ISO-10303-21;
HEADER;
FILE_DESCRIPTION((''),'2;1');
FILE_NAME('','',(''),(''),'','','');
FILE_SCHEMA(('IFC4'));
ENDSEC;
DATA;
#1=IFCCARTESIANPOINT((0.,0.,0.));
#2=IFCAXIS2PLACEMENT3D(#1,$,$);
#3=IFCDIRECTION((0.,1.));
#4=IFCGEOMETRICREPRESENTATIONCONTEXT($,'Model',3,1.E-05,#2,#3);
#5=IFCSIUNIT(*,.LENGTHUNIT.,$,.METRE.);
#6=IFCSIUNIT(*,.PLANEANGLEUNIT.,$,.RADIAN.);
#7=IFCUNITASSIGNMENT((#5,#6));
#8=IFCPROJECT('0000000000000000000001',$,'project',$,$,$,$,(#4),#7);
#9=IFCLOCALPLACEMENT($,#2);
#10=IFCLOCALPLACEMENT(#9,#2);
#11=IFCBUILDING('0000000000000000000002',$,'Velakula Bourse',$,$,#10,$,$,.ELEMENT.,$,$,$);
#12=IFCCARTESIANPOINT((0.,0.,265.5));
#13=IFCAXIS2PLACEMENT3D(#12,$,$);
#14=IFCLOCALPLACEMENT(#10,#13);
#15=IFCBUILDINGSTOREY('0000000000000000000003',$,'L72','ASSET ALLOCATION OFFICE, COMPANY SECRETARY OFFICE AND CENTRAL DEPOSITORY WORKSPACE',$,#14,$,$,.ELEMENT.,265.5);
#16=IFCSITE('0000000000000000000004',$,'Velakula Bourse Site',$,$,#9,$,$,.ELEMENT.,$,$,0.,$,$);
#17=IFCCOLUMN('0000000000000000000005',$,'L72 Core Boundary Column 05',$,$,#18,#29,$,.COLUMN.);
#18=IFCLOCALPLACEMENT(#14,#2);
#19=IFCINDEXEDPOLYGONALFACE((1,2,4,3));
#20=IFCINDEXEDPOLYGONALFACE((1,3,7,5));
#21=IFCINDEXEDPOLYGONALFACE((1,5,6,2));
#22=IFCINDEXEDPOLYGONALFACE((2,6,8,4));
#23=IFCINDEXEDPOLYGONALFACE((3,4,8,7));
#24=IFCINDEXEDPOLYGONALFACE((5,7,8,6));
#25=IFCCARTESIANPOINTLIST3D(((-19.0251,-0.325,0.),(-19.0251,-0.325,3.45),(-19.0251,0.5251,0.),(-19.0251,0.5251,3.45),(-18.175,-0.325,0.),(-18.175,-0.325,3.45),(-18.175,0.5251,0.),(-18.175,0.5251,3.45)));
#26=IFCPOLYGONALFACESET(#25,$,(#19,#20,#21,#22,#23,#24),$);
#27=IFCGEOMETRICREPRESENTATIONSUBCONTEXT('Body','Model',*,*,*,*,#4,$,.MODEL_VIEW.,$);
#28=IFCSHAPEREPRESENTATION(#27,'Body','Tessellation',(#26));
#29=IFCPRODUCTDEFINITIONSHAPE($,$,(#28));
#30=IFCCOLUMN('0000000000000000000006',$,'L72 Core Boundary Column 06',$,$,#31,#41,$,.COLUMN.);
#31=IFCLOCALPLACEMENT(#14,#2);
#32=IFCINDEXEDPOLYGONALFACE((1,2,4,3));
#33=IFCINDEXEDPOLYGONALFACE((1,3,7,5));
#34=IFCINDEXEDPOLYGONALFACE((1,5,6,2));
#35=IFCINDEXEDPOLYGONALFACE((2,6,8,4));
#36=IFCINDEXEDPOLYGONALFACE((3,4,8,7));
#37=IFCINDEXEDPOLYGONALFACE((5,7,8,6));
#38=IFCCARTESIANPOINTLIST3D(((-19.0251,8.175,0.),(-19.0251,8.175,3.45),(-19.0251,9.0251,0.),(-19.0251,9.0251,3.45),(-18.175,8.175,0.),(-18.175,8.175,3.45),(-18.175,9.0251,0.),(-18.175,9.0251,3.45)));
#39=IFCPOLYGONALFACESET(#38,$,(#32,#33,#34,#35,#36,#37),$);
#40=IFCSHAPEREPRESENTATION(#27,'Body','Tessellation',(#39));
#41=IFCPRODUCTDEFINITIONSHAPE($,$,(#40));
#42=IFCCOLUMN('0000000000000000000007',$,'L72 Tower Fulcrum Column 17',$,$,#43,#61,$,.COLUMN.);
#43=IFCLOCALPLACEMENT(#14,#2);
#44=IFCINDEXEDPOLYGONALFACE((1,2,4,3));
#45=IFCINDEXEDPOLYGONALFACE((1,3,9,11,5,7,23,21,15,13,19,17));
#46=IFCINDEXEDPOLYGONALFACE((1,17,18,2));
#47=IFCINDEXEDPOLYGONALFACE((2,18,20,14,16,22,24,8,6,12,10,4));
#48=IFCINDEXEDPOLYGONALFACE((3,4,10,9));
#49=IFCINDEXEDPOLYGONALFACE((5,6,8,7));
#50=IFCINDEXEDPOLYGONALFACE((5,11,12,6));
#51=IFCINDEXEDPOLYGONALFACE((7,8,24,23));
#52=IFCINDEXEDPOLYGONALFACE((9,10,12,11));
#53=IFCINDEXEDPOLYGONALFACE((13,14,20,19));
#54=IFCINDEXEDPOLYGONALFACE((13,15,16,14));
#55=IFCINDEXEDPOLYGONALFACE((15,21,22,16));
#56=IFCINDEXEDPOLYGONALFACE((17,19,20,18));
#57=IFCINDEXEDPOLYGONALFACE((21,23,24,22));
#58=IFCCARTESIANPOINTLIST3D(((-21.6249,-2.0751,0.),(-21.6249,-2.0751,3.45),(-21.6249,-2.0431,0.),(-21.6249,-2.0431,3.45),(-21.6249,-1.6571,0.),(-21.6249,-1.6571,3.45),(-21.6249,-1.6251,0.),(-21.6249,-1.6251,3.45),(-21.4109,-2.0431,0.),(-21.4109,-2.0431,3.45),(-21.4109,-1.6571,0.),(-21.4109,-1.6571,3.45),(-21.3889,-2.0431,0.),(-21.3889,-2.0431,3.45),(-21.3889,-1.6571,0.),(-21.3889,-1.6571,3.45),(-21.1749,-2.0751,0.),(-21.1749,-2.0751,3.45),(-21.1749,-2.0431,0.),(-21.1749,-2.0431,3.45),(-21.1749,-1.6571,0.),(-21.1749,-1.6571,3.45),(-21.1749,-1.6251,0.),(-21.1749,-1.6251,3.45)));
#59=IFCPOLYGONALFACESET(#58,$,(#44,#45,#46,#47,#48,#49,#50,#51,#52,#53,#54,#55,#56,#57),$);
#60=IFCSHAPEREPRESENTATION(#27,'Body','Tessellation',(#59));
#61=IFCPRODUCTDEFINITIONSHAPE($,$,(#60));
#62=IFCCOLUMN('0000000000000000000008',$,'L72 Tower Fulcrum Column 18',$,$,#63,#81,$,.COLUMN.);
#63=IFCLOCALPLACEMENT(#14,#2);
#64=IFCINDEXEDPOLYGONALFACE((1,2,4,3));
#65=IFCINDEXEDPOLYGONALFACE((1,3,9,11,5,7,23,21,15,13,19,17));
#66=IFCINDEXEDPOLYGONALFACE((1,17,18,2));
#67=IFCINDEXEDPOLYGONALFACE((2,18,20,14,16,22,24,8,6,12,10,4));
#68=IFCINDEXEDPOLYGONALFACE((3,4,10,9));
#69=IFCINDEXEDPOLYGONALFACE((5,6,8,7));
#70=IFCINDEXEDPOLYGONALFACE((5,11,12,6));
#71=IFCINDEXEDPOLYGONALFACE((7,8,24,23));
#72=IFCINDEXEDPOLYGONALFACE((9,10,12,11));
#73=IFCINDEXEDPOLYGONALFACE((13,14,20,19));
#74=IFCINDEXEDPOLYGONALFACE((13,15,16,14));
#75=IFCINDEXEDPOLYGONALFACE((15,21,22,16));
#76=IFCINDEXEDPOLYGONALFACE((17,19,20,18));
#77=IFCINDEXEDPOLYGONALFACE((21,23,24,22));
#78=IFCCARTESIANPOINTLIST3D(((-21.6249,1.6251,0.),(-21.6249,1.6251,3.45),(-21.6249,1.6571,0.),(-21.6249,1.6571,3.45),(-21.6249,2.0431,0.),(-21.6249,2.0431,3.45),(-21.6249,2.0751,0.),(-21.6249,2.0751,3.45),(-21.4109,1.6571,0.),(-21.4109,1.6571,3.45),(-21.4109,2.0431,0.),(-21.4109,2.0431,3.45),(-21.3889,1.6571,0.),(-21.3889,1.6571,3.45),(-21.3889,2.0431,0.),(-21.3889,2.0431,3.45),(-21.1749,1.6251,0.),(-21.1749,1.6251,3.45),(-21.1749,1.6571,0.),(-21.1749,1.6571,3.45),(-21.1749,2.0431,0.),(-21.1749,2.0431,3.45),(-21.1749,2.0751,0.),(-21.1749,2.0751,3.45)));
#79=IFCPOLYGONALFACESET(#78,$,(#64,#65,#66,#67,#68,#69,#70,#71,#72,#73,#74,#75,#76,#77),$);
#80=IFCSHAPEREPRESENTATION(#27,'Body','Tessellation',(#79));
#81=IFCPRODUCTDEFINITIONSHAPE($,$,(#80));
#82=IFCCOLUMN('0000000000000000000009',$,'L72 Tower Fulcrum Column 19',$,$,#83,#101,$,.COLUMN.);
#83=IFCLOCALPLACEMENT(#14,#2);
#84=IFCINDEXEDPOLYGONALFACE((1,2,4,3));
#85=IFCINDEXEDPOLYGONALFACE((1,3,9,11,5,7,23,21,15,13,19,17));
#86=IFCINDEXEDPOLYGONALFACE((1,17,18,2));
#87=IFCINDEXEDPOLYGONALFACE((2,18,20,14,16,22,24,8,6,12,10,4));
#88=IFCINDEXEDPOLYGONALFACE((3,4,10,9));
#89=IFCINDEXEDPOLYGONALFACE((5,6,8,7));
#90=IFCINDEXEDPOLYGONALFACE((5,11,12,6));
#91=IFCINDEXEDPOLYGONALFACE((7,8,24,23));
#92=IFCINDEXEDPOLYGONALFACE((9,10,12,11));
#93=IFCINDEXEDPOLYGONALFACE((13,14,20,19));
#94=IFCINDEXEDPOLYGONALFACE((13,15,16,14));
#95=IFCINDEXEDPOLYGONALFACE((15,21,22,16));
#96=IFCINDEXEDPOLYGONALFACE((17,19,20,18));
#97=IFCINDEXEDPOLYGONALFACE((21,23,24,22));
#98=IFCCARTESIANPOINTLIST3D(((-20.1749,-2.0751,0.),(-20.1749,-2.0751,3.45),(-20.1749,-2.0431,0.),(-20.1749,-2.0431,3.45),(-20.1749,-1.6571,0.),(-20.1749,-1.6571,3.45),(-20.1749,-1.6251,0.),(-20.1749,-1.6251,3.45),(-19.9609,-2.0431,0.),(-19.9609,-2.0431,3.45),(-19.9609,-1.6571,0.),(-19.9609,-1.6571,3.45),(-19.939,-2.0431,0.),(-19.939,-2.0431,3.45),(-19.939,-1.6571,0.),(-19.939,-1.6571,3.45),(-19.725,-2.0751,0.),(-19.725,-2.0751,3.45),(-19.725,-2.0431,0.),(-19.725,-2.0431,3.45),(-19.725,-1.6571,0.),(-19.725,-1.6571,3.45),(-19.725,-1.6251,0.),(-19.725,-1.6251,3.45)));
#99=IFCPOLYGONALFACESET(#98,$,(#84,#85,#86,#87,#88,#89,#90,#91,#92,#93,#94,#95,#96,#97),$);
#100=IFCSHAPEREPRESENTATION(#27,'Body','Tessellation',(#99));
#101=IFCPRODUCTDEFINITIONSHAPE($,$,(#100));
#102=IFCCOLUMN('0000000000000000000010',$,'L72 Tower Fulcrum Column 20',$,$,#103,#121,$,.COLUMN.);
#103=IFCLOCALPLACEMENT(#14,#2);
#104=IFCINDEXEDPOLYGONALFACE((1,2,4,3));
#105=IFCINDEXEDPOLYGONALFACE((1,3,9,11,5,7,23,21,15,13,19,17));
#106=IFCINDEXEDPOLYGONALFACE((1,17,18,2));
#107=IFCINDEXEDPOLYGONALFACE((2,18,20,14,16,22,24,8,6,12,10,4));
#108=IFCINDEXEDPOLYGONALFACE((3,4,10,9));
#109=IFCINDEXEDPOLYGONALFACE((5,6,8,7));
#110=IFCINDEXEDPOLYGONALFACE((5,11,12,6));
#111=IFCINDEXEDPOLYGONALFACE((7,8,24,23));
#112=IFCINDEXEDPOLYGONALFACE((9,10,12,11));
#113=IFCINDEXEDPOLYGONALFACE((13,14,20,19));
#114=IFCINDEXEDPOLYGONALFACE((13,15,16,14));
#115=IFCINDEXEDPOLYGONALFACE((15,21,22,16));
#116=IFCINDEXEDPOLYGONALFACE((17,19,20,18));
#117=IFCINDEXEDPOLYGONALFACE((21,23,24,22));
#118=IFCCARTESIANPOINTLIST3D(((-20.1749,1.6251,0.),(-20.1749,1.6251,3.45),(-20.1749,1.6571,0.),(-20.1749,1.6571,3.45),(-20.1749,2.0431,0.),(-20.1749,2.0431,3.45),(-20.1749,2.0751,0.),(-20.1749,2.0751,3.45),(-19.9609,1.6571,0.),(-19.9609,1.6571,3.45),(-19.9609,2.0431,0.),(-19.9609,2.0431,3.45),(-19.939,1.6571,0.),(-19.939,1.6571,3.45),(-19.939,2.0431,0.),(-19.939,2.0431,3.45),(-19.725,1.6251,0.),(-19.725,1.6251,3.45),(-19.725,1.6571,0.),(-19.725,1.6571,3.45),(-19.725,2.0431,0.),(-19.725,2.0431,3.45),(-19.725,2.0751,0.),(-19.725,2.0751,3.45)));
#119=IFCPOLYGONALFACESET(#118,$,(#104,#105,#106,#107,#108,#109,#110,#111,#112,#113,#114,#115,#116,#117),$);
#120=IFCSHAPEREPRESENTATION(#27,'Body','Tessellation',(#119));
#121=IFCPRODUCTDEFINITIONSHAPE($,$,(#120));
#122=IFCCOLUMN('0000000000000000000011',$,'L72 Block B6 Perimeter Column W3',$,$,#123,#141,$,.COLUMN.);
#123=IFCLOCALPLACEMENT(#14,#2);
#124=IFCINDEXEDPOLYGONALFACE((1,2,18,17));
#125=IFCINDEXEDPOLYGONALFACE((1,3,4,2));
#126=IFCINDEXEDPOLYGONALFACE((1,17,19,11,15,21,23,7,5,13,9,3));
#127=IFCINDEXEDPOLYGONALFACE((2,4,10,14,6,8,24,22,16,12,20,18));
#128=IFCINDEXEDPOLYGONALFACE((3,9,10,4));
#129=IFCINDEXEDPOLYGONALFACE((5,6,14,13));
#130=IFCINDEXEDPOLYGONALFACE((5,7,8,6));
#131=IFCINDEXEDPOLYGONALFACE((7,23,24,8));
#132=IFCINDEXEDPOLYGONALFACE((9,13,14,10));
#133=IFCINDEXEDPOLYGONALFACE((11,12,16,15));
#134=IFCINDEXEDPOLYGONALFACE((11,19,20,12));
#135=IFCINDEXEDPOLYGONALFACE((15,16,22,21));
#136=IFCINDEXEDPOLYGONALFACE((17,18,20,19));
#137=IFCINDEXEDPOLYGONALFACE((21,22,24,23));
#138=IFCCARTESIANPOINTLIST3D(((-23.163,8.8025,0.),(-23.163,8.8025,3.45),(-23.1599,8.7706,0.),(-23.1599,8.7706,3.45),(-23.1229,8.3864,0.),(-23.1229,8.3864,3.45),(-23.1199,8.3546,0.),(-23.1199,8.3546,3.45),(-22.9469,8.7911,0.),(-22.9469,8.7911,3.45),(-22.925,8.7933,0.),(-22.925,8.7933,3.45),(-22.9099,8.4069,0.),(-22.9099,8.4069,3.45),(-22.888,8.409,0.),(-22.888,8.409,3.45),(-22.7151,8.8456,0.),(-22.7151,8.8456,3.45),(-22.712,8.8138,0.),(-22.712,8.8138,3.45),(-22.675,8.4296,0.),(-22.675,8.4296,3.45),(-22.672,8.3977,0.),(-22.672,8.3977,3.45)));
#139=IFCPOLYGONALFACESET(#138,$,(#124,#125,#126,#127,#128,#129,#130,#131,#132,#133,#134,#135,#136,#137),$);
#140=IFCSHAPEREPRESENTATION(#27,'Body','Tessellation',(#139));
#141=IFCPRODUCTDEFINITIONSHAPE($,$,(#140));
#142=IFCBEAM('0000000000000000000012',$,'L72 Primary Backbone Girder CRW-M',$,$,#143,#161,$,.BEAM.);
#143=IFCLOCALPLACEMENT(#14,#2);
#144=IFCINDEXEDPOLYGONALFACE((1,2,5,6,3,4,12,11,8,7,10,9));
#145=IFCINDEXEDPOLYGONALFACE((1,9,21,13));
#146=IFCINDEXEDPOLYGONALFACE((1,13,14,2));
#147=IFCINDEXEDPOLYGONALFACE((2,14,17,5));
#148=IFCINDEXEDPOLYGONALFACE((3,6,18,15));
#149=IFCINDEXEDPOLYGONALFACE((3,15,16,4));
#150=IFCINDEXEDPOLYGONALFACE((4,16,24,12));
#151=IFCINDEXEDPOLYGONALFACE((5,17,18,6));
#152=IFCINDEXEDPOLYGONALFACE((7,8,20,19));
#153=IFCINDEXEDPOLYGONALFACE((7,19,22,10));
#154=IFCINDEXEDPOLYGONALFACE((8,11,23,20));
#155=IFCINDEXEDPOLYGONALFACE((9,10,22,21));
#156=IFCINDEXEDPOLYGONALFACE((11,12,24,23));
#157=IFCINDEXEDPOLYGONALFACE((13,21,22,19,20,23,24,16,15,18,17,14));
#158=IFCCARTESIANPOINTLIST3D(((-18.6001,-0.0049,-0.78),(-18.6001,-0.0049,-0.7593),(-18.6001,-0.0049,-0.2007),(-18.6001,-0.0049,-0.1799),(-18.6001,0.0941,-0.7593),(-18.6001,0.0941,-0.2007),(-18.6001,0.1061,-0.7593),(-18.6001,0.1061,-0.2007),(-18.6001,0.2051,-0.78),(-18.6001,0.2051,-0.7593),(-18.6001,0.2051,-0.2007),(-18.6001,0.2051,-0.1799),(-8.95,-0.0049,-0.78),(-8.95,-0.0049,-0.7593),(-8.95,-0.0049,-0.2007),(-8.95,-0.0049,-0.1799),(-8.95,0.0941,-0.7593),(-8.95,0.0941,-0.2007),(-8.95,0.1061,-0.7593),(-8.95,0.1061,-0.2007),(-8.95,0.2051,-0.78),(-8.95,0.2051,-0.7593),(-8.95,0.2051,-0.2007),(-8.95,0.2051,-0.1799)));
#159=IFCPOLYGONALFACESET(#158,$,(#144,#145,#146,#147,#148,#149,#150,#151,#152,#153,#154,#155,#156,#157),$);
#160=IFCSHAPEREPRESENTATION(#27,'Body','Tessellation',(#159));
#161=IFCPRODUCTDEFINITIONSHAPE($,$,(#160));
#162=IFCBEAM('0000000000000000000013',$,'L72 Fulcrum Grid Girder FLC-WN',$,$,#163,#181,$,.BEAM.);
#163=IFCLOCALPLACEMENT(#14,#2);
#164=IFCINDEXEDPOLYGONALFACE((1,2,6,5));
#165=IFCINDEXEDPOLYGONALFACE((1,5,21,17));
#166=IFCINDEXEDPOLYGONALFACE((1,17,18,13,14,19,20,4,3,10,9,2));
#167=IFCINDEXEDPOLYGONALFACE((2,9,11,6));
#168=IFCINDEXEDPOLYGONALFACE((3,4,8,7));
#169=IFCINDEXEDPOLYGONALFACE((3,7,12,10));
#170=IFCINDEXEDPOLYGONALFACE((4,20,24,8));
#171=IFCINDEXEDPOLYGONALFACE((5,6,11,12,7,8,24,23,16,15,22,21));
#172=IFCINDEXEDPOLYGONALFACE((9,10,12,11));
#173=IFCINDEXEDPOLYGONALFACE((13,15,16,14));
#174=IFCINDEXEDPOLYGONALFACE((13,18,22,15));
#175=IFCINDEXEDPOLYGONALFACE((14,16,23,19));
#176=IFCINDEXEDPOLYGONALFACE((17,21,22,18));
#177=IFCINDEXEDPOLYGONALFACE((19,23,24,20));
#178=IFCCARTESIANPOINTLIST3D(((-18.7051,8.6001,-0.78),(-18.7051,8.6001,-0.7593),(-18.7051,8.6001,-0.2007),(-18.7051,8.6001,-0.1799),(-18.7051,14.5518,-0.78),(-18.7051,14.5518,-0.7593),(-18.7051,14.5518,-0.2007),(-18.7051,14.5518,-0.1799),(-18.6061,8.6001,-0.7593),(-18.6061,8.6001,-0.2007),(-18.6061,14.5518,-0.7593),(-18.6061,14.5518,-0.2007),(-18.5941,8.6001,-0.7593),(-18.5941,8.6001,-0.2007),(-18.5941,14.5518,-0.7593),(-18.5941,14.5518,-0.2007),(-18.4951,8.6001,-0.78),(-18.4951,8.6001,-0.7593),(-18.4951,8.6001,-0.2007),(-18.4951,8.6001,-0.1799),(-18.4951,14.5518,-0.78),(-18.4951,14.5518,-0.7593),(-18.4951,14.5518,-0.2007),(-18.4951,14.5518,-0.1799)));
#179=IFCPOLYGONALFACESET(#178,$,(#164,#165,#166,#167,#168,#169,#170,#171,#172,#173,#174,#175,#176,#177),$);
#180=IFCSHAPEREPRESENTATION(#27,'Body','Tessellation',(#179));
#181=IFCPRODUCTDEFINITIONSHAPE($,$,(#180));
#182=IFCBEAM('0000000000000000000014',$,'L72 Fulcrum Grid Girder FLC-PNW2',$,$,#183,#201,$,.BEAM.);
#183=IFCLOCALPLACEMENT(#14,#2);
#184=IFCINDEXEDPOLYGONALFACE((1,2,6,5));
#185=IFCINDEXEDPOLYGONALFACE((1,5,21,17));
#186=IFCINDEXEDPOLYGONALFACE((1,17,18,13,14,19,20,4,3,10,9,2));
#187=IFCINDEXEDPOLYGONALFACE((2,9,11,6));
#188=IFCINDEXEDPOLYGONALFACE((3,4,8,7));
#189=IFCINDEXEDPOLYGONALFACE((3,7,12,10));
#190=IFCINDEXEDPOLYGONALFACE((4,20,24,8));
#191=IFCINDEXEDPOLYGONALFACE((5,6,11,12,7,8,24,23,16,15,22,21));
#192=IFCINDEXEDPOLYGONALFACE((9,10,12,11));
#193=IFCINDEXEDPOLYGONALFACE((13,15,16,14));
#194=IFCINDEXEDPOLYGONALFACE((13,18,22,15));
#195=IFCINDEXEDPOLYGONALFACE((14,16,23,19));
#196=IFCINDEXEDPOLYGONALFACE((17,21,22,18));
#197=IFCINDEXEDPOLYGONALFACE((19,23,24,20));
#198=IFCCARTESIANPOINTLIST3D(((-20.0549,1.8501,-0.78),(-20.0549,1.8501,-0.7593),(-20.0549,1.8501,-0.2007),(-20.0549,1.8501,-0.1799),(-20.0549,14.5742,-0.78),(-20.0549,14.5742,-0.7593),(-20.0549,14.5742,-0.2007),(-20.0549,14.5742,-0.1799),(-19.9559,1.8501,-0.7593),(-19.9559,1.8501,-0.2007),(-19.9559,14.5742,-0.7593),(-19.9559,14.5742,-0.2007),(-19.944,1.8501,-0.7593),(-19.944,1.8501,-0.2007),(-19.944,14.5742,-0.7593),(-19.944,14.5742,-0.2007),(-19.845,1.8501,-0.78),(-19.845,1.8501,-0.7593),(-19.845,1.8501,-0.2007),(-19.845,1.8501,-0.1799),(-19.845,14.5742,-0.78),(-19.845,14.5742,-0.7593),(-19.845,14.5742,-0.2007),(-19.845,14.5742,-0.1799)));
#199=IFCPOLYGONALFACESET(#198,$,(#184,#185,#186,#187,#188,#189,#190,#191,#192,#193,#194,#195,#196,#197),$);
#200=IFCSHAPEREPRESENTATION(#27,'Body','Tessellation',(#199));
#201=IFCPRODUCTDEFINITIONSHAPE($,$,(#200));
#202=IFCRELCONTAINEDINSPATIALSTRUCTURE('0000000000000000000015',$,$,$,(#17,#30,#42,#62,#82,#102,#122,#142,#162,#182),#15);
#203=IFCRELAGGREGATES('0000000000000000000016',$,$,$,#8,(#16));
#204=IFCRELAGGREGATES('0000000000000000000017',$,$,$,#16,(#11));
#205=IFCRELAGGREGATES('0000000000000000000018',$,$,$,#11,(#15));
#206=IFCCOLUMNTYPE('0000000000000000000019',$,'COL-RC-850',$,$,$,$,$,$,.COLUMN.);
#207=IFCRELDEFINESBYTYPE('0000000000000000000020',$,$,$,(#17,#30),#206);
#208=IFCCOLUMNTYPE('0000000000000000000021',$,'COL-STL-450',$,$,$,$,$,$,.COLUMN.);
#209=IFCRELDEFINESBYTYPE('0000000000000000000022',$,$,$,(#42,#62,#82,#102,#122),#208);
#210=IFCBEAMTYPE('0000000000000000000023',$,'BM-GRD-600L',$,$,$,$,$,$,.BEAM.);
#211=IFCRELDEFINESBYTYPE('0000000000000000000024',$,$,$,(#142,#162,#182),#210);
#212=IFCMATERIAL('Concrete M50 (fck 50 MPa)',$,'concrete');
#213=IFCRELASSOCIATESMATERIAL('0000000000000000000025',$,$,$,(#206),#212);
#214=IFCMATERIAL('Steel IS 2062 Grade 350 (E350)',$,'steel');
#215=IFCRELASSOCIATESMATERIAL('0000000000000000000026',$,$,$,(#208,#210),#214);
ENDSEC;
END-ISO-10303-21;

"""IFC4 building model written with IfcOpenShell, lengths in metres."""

from ifc_helpers import new_model, si_unit, direction, frame, origin, origin_2d, place, context, subcontext, project, spatial, rectangle, i_section, extrude, material, material_profile, profile_set, type_object, element, save


model = new_model("IFC4")

# Units and contexts
model_context = context("Model", 3, precision=1e-05, world=origin(), true_north=direction((0.0, 1.0)))
body_context = subcontext(model_context, "Body", "Model", "MODEL_VIEW")
ifc_project = project(units=[si_unit("LENGTHUNIT", "METRE"), si_unit("PLANEANGLEUNIT", "RADIAN")], contexts=[model_context])

# Site, building, storey
site_placement = place(None, origin())
site = spatial("IfcSite", under=ifc_project, at=site_placement, Name="Velakula Bourse Site", CompositionType="ELEMENT", RefElevation=0.0)
building_placement = place(site_placement, origin())
building = spatial("IfcBuilding", under=site, at=building_placement, Name="Velakula Bourse", CompositionType="ELEMENT")
storey_placement = place(building_placement, frame((0.0, 0.0, 265.5)))
storey = spatial("IfcBuildingStorey", under=building, at=storey_placement, Name="L72", Description="ASSET ALLOCATION OFFICE, COMPANY SECRETARY OFFICE AND CENTRAL DEPOSITORY WORKSPACE", CompositionType="ELEMENT", Elevation=265.5)

# Columns
ifc_material_1 = material(Name="Concrete M50 (fck 50 MPa)", Category="concrete")
ifc_material_profile_1 = material_profile(ifc_material_1, rectangle(XDim=0.8501, YDim=0.8501, at=origin_2d()), Name="Concrete M50 (fck 50 MPa)")
ifc_profile_set_1 = profile_set([ifc_material_profile_1], Name="Concrete M50 (fck 50 MPa)")
column_type_1 = type_object("IfcColumnType", Name="COL-RC-850", PredefinedType="COLUMN", material=ifc_profile_set_1)
for number, where, z_axis, x_axis, name in (
    (1, (-18.6001, 0.1001, 0.0), (0.0, 0.0, 1.0), (1.0, 0.0, 0.0), "L72 Core Boundary Column 05"),
    (2, (-18.6001, 8.6001, 0.0), (0.0, 0.0, 1.0), (1.0, 0.0, 0.0), "L72 Core Boundary Column 06"),
):
    element("IfcColumn", number, at=place(storey_placement, frame(where, z_axis=z_axis, x_axis=x_axis)), inside=storey, type_object=column_type_1, Name=name, PredefinedType="COLUMN", context=body_context, shape_type="SweptSolid", body=[
        extrude(rectangle(XDim=0.8501, YDim=0.8501, at=origin_2d()), origin(), (0.0, 0.0, 1.0), 3.45),
    ])
ifc_material_2 = material(Name="Steel IS 2062 Grade 350 (E350)", Category="steel")
ifc_material_profile_2 = material_profile(ifc_material_2, i_section(OverallWidth=0.45, OverallDepth=0.45, WebThickness=0.022, FlangeThickness=0.032, at=origin_2d()), Name="Steel IS 2062 Grade 350 (E350)")
ifc_profile_set_2 = profile_set([ifc_material_profile_2], Name="Steel IS 2062 Grade 350 (E350)")
column_type_2 = type_object("IfcColumnType", Name="COL-STL-450", PredefinedType="COLUMN", material=ifc_profile_set_2)
for number, where, z_axis, x_axis, name in (
    (3, (-21.3999, -1.8501, 0.0), (0.0, 0.0, 1.0), (1.0, 0.0, 0.0), "L72 Tower Fulcrum Column 17"),
    (4, (-21.3999, 1.8501, 0.0), (0.0, 0.0, 1.0), (1.0, 0.0, 0.0), "L72 Tower Fulcrum Column 18"),
    (5, (-19.95, -1.8501, 0.0), (0.0, 0.0, 1.0), (1.0, 0.0, 0.0), "L72 Tower Fulcrum Column 19"),
    (6, (-19.95, 1.8501, 0.0), (0.0, 0.0, 1.0), (1.0, 0.0, 0.0), "L72 Tower Fulcrum Column 20"),
    (7, (-22.9175, 8.6001, 0.0), (0.0, 0.0, 1.0), (0.995396, 0.095846, 0.0), "L72 Block B6 Perimeter Column W3"),
):
    element("IfcColumn", number, at=place(storey_placement, frame(where, z_axis=z_axis, x_axis=x_axis)), inside=storey, type_object=column_type_2, Name=name, PredefinedType="COLUMN", context=body_context, shape_type="SweptSolid", body=[
        extrude(i_section(OverallWidth=0.45, OverallDepth=0.45, WebThickness=0.022, FlangeThickness=0.032, at=origin_2d()), origin(), (0.0, 0.0, 1.0), 3.45),
    ])

# Beams
ifc_material_profile_3 = material_profile(ifc_material_2, i_section(OverallWidth=0.21, OverallDepth=0.6001, WebThickness=0.012, FlangeThickness=0.0208, at=origin_2d()), Name="Steel IS 2062 Grade 350 (E350)")
ifc_profile_set_3 = profile_set([ifc_material_profile_3], Name="Steel IS 2062 Grade 350 (E350)")
beam_type_1 = type_object("IfcBeamType", Name="BM-GRD-600L", PredefinedType="BEAM", material=ifc_profile_set_3)
beam_1_placement = place(storey_placement, frame((-18.6001, 0.1001, -0.48), z_axis=(1.0, 0.0, 0.0), x_axis=(0.0, 1.0, 0.0)))
element("IfcBeam", 8, at=beam_1_placement, inside=storey, type_object=beam_type_1, Name="L72 Primary Backbone Girder CRW-M", PredefinedType="BEAM", context=body_context, shape_type="SweptSolid", body=[
    extrude(i_section(OverallWidth=0.21, OverallDepth=0.6001, WebThickness=0.012, FlangeThickness=0.0208, at=origin_2d()), origin(), (0.0, 0.0, 1.0), 9.6501),
])
beam_2_placement = place(storey_placement, frame((-18.6001, 8.6001, -0.48), z_axis=(0.0, 1.0, 0.0), x_axis=(-1.0, 0.0, 0.0)))
element("IfcBeam", 9, at=beam_2_placement, inside=storey, type_object=beam_type_1, Name="L72 Fulcrum Grid Girder FLC-WN", PredefinedType="BEAM", context=body_context, shape_type="SweptSolid", body=[
    extrude(i_section(OverallWidth=0.21, OverallDepth=0.6001, WebThickness=0.012, FlangeThickness=0.0208, at=origin_2d()), origin(), (0.0, 0.0, 1.0), 5.9517),
])
beam_3_placement = place(storey_placement, frame((-19.95, 1.8501, -0.48), z_axis=(0.0, 1.0, 0.0), x_axis=(-1.0, 0.0, 0.0)))
element("IfcBeam", 10, at=beam_3_placement, inside=storey, type_object=beam_type_1, Name="L72 Fulcrum Grid Girder FLC-PNW2", PredefinedType="BEAM", context=body_context, shape_type="SweptSolid", body=[
    extrude(i_section(OverallWidth=0.21, OverallDepth=0.6001, WebThickness=0.012, FlangeThickness=0.0208, at=origin_2d()), origin(), (0.0, 0.0, 1.0), 12.7241),
])

save(model, "model.ifc")
